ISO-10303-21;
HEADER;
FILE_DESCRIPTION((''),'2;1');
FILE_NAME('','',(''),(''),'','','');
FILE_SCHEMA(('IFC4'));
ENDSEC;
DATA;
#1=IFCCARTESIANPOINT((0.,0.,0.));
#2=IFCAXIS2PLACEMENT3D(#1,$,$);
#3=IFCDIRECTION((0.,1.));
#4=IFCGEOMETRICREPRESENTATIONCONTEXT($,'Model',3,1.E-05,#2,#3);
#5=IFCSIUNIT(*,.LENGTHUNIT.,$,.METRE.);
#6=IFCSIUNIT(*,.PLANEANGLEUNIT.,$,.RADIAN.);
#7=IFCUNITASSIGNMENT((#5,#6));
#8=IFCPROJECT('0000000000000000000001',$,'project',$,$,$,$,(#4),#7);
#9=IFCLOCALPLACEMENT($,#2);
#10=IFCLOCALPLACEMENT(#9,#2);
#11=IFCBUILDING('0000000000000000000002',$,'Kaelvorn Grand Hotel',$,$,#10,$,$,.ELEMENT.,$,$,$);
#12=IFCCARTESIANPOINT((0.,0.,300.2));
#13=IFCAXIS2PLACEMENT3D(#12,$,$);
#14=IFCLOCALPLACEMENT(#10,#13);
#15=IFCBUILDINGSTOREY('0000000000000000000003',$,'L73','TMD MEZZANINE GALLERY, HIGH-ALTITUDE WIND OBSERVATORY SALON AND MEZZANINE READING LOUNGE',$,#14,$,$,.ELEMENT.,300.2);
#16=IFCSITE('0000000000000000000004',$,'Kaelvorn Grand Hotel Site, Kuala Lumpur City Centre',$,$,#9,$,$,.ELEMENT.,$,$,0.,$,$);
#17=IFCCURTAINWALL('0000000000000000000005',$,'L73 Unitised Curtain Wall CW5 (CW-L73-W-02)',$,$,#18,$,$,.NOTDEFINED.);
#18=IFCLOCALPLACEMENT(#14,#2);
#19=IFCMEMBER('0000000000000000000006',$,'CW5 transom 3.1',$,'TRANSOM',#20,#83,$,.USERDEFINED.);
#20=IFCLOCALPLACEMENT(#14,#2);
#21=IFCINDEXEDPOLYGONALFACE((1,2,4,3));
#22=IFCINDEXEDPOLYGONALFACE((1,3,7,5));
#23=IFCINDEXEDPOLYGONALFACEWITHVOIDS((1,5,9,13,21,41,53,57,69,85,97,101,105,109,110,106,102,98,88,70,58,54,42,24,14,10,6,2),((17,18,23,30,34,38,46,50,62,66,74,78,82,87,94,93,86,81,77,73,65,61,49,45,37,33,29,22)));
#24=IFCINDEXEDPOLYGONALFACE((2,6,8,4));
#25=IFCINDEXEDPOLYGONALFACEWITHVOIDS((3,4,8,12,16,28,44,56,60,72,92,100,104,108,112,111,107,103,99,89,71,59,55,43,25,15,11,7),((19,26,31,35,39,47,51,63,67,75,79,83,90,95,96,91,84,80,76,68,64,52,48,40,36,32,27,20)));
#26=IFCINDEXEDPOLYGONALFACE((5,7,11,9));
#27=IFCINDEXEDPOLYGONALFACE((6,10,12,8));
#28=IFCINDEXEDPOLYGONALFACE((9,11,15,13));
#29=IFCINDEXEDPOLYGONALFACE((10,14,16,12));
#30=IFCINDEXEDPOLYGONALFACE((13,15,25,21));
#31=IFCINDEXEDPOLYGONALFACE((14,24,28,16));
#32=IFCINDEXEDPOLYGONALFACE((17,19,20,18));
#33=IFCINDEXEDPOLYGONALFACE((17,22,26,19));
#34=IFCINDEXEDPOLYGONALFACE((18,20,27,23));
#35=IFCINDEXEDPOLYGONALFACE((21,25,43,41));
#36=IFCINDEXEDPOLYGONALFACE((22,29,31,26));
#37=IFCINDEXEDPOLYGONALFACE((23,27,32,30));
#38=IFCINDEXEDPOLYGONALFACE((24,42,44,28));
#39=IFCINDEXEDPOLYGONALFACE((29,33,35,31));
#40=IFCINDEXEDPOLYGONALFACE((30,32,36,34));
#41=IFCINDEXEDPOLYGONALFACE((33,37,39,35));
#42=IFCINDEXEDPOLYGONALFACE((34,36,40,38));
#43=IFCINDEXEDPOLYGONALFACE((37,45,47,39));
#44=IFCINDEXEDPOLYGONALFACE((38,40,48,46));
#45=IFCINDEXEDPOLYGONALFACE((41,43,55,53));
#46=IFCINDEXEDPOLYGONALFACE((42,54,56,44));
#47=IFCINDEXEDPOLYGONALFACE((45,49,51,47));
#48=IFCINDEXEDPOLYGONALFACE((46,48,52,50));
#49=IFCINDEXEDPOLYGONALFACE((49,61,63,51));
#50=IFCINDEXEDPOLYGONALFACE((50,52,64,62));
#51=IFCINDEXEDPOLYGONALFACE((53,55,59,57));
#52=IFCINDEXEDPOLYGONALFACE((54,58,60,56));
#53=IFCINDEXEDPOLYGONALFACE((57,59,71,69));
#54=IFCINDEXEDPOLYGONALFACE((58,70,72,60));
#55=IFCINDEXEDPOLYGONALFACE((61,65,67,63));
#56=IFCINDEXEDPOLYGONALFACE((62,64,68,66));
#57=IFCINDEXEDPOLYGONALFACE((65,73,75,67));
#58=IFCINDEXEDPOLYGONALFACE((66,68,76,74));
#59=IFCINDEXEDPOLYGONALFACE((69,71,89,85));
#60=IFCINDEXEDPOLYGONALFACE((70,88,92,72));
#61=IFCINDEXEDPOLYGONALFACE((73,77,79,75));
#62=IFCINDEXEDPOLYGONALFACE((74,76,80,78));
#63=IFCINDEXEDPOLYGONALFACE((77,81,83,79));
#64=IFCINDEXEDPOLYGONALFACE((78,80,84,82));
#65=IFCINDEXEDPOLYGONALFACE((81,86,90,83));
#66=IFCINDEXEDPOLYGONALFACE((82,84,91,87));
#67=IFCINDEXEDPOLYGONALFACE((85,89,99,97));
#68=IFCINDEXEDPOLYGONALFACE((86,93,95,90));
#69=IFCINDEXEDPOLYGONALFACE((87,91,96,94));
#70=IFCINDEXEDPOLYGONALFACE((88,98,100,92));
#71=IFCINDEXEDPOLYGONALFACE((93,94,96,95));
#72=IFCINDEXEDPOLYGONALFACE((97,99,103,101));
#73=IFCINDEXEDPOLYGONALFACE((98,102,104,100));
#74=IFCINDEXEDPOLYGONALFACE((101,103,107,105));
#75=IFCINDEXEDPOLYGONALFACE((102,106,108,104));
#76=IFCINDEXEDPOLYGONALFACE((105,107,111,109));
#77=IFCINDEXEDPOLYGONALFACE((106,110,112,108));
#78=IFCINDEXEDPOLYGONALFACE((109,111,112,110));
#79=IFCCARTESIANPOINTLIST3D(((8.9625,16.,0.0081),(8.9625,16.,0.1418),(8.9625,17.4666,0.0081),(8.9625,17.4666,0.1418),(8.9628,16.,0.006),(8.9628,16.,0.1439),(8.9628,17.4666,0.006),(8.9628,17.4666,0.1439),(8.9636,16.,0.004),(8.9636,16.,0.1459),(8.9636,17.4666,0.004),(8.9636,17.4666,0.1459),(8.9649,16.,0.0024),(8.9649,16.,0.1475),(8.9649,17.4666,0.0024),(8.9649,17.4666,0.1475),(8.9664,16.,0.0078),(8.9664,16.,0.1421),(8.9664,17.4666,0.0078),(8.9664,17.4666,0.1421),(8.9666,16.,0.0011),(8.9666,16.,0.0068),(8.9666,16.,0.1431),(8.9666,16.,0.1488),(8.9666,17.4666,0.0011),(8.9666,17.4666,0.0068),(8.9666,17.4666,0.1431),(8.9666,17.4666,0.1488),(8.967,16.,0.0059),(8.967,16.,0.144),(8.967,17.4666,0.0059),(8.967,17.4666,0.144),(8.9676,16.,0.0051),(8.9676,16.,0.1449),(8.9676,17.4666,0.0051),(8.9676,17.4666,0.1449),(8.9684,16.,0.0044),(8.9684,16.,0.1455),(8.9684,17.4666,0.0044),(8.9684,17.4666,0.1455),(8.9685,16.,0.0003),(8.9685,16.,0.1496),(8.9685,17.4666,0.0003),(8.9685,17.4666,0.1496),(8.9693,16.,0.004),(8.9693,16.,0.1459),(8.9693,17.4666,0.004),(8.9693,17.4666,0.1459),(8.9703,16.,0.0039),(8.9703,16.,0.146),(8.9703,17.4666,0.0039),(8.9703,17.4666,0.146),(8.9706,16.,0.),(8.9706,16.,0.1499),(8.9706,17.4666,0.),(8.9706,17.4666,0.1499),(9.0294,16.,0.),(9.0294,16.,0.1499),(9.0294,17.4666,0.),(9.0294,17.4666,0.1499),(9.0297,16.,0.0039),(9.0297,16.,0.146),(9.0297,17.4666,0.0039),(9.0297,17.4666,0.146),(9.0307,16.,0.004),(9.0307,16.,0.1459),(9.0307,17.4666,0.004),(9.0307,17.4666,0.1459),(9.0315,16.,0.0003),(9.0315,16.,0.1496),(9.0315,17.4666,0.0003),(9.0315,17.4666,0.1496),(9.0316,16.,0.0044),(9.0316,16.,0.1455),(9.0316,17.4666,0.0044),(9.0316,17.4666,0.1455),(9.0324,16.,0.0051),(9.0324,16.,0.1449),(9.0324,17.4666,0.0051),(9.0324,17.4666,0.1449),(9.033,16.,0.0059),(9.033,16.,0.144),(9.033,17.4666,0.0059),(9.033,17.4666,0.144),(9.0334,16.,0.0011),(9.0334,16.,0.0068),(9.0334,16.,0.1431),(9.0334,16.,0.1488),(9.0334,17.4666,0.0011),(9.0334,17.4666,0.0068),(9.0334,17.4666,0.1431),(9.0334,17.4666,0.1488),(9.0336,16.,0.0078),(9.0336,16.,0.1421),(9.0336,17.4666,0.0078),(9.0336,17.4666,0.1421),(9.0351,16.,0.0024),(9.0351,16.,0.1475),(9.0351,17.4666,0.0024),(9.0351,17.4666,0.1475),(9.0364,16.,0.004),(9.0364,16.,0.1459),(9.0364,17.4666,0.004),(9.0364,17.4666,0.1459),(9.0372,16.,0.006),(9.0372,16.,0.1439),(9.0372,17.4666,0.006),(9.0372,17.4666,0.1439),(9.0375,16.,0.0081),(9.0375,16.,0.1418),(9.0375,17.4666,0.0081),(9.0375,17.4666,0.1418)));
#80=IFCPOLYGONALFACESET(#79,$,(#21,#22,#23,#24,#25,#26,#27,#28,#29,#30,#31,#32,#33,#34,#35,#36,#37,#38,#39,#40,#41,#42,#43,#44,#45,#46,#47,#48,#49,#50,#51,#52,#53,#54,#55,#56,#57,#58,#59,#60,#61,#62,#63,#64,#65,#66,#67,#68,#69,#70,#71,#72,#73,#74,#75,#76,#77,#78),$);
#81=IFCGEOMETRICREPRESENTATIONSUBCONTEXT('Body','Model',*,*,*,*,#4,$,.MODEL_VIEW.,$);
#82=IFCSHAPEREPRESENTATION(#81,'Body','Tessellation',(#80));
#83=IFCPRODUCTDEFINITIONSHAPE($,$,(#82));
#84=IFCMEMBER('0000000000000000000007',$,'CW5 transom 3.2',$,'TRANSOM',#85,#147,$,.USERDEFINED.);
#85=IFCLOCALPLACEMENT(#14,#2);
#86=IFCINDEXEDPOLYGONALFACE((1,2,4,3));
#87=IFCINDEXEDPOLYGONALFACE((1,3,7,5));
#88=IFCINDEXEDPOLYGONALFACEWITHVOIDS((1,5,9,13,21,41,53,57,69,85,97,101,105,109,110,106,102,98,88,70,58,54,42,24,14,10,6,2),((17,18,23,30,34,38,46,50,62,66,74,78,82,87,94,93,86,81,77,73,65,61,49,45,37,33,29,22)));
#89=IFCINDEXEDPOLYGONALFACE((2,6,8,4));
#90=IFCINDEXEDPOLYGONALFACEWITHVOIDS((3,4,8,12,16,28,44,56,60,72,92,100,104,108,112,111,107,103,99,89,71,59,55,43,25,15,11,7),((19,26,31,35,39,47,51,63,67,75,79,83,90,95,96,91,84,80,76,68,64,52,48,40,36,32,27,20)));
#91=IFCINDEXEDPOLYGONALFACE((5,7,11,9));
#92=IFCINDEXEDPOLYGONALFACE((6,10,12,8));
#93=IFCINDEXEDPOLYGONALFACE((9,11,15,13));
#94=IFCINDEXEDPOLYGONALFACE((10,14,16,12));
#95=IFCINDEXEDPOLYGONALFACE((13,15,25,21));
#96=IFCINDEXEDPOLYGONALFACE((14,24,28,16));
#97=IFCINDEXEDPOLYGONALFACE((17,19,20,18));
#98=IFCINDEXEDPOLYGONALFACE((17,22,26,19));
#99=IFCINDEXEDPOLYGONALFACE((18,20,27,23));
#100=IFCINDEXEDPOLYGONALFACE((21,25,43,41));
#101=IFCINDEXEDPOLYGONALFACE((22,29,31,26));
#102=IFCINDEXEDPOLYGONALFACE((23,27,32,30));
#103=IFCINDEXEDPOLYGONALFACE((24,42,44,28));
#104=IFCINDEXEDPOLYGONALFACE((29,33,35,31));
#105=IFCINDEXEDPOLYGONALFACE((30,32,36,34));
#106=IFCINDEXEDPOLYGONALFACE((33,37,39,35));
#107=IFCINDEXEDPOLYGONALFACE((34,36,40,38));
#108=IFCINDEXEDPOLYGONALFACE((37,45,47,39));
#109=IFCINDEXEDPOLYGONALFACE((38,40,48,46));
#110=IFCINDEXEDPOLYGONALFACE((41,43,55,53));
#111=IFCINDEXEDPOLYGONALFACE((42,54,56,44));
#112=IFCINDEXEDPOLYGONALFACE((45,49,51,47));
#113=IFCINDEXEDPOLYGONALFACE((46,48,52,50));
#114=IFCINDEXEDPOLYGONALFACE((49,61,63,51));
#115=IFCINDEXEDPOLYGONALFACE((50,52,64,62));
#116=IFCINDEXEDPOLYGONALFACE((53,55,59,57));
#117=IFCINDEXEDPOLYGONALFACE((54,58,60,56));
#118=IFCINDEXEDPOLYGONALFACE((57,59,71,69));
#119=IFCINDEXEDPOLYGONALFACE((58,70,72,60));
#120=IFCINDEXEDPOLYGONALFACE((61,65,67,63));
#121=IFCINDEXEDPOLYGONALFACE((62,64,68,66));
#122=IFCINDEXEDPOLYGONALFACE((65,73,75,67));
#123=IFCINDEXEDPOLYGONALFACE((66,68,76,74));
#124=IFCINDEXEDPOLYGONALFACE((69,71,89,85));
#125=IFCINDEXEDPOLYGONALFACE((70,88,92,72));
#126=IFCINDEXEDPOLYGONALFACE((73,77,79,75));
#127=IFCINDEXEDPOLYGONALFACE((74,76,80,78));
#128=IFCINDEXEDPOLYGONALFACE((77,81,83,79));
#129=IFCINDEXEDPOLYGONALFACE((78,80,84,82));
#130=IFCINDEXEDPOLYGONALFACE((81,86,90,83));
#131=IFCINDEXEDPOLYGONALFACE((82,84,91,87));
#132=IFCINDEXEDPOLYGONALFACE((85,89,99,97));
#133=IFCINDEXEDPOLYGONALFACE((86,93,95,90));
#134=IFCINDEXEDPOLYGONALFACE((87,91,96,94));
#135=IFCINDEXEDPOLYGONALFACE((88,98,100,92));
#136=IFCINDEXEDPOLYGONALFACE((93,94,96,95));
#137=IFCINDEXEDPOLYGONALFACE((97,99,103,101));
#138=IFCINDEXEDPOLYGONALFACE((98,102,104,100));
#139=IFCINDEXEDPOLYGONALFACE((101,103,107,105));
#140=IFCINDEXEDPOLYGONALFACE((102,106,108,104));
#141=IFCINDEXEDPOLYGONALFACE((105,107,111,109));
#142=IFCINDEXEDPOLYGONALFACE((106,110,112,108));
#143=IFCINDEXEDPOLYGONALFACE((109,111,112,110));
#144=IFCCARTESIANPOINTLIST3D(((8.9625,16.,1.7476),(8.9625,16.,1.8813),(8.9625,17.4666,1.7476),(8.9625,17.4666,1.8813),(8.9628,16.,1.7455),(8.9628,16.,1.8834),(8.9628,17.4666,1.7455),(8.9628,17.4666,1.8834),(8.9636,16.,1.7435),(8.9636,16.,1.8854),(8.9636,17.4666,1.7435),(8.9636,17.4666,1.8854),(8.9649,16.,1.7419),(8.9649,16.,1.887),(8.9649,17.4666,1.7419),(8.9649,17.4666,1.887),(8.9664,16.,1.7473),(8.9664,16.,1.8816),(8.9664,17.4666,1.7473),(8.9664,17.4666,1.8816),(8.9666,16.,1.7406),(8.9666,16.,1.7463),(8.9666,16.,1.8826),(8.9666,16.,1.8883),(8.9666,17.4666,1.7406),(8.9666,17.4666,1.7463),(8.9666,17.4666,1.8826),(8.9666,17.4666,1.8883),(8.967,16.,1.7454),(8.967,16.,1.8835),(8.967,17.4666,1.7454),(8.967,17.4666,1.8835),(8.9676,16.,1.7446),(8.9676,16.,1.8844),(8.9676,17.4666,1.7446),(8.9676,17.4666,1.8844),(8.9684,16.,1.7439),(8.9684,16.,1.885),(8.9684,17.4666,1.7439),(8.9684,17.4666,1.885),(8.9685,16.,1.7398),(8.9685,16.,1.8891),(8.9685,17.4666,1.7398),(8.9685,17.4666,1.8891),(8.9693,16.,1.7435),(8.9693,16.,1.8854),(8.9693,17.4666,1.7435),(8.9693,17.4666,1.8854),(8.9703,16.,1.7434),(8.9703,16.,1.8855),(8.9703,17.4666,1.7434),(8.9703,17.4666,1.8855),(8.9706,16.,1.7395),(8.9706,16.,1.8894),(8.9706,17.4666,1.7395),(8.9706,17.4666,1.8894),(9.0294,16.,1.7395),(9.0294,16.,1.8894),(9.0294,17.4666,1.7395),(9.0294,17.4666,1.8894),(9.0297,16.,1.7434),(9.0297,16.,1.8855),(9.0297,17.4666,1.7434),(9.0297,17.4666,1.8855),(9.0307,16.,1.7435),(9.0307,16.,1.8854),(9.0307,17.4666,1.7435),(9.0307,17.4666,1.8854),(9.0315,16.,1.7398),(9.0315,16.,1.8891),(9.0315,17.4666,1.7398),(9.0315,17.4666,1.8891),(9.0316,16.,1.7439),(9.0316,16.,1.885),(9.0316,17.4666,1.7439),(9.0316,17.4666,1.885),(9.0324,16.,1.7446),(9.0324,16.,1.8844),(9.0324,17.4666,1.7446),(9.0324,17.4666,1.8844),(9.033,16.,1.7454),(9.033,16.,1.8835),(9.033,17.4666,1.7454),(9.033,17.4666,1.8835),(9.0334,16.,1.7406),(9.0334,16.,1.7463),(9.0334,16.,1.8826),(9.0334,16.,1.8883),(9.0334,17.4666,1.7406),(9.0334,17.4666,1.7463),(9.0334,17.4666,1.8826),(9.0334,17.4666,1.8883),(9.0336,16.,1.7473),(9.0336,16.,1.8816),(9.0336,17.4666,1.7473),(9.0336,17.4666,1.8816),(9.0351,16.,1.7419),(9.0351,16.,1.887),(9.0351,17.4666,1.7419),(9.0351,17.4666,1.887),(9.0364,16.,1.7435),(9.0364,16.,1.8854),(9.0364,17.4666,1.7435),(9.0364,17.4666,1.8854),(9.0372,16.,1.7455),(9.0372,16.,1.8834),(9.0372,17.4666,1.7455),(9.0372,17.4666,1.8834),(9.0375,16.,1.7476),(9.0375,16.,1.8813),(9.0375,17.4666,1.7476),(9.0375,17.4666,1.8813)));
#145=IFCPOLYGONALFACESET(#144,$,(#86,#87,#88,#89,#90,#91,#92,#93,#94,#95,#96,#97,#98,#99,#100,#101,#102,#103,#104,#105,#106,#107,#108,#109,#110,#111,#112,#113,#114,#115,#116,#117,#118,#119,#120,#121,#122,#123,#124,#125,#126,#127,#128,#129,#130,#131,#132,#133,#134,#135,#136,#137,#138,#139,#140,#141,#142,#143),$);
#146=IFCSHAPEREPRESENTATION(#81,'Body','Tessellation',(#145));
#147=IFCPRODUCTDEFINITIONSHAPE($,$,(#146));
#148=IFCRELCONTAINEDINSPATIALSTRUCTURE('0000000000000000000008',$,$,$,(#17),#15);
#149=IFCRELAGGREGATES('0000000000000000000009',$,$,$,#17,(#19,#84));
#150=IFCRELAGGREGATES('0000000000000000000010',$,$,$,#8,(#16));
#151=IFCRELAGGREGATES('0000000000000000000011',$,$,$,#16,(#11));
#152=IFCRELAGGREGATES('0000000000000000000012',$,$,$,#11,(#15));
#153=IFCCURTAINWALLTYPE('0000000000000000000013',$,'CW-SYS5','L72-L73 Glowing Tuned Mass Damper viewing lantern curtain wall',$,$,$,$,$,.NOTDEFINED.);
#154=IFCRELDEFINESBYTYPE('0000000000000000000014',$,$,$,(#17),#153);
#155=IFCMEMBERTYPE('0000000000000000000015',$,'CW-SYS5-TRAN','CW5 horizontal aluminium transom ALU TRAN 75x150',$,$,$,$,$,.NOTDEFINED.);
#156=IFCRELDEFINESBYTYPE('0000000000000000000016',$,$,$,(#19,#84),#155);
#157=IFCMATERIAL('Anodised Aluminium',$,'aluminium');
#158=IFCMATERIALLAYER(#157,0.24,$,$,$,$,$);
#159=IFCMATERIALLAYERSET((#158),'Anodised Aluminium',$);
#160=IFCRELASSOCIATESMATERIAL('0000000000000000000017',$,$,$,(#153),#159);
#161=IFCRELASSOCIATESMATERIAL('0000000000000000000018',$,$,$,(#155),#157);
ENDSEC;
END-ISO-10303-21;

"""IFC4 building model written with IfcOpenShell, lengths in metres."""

from ifc_helpers import new_model, si_unit, direction, frame, origin, origin_2d, place, context, subcontext, project, spatial, hollow_rectangle, extrude, material, layer, layer_set, material_profile, profile_set, type_object, element, aggregate, save


model = new_model("IFC4")

# Units and contexts
model_context = context("Model", 3, precision=1e-05, world=origin(), true_north=direction((0.0, 1.0)))
body_context = subcontext(model_context, "Body", "Model", "MODEL_VIEW")
ifc_project = project(units=[si_unit("LENGTHUNIT", "METRE"), si_unit("PLANEANGLEUNIT", "RADIAN")], contexts=[model_context])

# Site, building, storey
site_placement = place(None, origin())
site = spatial("IfcSite", under=ifc_project, at=site_placement, Name="Kaelvorn Grand Hotel Site, Kuala Lumpur City Centre", CompositionType="ELEMENT", RefElevation=0.0)
building_placement = place(site_placement, origin())
building = spatial("IfcBuilding", under=site, at=building_placement, Name="Kaelvorn Grand Hotel", CompositionType="ELEMENT")
storey_placement = place(building_placement, frame((0.0, 0.0, 300.2)))
storey = spatial("IfcBuildingStorey", under=building, at=storey_placement, Name="L73", Description="TMD MEZZANINE GALLERY, HIGH-ALTITUDE WIND OBSERVATORY SALON AND MEZZANINE READING LOUNGE", CompositionType="ELEMENT", Elevation=300.2)

# Curtain wall
ifc_material_1 = material(Name="Anodised Aluminium", Category="aluminium")
ifc_layer_1 = layer(ifc_material_1, 0.24)
ifc_layer_set_1 = layer_set([ifc_layer_1], Name="Anodised Aluminium")
curtain_wall_type = type_object("IfcCurtainWallType", Name="CW-SYS5", Description="L72-L73 Glowing Tuned Mass Damper viewing lantern curtain wall", PredefinedType="NOTDEFINED", material=ifc_layer_set_1)
curtain_wall_1_placement = place(storey_placement, origin())
curtain_wall_1 = element("IfcCurtainWall", 1, at=curtain_wall_1_placement, inside=storey, type_object=curtain_wall_type, Name="L73 Unitised Curtain Wall CW5 (CW-L73-W-02)", PredefinedType="NOTDEFINED")

# Members
ifc_material_profile_1 = material_profile(ifc_material_1, hollow_rectangle(XDim=0.075, YDim=0.1499, WallThickness=0.0039, InnerFilletRadius=0.0039, OuterFilletRadius=0.0081, at=origin_2d()), Name="ALU TRAN 75x150")
ifc_profile_set_1 = profile_set([ifc_material_profile_1], Name="Anodised Aluminium")
member_type_1 = type_object("IfcMemberType", Name="CW-SYS5-TRAN", Description="CW5 horizontal aluminium transom ALU TRAN 75x150", PredefinedType="NOTDEFINED", material=ifc_profile_set_1)
member_1_placement = place(storey_placement, frame((9.0, 17.4666, 0.075), z_axis=(0.0, -1.0, 0.0), x_axis=(1.0, 0.0, 0.0)))
member_1 = element("IfcMember", 2, at=member_1_placement, type_object=member_type_1, Name="CW5 transom 3.1", ObjectType="TRANSOM", PredefinedType="USERDEFINED", context=body_context, shape_type="SweptSolid", body=[
    extrude(hollow_rectangle(XDim=0.075, YDim=0.1499, WallThickness=0.0039, InnerFilletRadius=0.0039, OuterFilletRadius=0.0081, at=origin_2d()), origin(), (0.0, 0.0, 1.0), 1.4666),
])
member_2_placement = place(storey_placement, frame((9.0, 17.4666, 1.8145), z_axis=(0.0, -1.0, 0.0), x_axis=(1.0, 0.0, 0.0)))
member_2 = element("IfcMember", 3, at=member_2_placement, type_object=member_type_1, Name="CW5 transom 3.2", ObjectType="TRANSOM", PredefinedType="USERDEFINED", context=body_context, shape_type="SweptSolid", body=[
    extrude(hollow_rectangle(XDim=0.075, YDim=0.1499, WallThickness=0.0039, InnerFilletRadius=0.0039, OuterFilletRadius=0.0081, at=origin_2d()), origin(), (0.0, 0.0, 1.0), 1.4666),
])

aggregate(curtain_wall_1, [member_1, member_2])

save(model, "model.ifc")
